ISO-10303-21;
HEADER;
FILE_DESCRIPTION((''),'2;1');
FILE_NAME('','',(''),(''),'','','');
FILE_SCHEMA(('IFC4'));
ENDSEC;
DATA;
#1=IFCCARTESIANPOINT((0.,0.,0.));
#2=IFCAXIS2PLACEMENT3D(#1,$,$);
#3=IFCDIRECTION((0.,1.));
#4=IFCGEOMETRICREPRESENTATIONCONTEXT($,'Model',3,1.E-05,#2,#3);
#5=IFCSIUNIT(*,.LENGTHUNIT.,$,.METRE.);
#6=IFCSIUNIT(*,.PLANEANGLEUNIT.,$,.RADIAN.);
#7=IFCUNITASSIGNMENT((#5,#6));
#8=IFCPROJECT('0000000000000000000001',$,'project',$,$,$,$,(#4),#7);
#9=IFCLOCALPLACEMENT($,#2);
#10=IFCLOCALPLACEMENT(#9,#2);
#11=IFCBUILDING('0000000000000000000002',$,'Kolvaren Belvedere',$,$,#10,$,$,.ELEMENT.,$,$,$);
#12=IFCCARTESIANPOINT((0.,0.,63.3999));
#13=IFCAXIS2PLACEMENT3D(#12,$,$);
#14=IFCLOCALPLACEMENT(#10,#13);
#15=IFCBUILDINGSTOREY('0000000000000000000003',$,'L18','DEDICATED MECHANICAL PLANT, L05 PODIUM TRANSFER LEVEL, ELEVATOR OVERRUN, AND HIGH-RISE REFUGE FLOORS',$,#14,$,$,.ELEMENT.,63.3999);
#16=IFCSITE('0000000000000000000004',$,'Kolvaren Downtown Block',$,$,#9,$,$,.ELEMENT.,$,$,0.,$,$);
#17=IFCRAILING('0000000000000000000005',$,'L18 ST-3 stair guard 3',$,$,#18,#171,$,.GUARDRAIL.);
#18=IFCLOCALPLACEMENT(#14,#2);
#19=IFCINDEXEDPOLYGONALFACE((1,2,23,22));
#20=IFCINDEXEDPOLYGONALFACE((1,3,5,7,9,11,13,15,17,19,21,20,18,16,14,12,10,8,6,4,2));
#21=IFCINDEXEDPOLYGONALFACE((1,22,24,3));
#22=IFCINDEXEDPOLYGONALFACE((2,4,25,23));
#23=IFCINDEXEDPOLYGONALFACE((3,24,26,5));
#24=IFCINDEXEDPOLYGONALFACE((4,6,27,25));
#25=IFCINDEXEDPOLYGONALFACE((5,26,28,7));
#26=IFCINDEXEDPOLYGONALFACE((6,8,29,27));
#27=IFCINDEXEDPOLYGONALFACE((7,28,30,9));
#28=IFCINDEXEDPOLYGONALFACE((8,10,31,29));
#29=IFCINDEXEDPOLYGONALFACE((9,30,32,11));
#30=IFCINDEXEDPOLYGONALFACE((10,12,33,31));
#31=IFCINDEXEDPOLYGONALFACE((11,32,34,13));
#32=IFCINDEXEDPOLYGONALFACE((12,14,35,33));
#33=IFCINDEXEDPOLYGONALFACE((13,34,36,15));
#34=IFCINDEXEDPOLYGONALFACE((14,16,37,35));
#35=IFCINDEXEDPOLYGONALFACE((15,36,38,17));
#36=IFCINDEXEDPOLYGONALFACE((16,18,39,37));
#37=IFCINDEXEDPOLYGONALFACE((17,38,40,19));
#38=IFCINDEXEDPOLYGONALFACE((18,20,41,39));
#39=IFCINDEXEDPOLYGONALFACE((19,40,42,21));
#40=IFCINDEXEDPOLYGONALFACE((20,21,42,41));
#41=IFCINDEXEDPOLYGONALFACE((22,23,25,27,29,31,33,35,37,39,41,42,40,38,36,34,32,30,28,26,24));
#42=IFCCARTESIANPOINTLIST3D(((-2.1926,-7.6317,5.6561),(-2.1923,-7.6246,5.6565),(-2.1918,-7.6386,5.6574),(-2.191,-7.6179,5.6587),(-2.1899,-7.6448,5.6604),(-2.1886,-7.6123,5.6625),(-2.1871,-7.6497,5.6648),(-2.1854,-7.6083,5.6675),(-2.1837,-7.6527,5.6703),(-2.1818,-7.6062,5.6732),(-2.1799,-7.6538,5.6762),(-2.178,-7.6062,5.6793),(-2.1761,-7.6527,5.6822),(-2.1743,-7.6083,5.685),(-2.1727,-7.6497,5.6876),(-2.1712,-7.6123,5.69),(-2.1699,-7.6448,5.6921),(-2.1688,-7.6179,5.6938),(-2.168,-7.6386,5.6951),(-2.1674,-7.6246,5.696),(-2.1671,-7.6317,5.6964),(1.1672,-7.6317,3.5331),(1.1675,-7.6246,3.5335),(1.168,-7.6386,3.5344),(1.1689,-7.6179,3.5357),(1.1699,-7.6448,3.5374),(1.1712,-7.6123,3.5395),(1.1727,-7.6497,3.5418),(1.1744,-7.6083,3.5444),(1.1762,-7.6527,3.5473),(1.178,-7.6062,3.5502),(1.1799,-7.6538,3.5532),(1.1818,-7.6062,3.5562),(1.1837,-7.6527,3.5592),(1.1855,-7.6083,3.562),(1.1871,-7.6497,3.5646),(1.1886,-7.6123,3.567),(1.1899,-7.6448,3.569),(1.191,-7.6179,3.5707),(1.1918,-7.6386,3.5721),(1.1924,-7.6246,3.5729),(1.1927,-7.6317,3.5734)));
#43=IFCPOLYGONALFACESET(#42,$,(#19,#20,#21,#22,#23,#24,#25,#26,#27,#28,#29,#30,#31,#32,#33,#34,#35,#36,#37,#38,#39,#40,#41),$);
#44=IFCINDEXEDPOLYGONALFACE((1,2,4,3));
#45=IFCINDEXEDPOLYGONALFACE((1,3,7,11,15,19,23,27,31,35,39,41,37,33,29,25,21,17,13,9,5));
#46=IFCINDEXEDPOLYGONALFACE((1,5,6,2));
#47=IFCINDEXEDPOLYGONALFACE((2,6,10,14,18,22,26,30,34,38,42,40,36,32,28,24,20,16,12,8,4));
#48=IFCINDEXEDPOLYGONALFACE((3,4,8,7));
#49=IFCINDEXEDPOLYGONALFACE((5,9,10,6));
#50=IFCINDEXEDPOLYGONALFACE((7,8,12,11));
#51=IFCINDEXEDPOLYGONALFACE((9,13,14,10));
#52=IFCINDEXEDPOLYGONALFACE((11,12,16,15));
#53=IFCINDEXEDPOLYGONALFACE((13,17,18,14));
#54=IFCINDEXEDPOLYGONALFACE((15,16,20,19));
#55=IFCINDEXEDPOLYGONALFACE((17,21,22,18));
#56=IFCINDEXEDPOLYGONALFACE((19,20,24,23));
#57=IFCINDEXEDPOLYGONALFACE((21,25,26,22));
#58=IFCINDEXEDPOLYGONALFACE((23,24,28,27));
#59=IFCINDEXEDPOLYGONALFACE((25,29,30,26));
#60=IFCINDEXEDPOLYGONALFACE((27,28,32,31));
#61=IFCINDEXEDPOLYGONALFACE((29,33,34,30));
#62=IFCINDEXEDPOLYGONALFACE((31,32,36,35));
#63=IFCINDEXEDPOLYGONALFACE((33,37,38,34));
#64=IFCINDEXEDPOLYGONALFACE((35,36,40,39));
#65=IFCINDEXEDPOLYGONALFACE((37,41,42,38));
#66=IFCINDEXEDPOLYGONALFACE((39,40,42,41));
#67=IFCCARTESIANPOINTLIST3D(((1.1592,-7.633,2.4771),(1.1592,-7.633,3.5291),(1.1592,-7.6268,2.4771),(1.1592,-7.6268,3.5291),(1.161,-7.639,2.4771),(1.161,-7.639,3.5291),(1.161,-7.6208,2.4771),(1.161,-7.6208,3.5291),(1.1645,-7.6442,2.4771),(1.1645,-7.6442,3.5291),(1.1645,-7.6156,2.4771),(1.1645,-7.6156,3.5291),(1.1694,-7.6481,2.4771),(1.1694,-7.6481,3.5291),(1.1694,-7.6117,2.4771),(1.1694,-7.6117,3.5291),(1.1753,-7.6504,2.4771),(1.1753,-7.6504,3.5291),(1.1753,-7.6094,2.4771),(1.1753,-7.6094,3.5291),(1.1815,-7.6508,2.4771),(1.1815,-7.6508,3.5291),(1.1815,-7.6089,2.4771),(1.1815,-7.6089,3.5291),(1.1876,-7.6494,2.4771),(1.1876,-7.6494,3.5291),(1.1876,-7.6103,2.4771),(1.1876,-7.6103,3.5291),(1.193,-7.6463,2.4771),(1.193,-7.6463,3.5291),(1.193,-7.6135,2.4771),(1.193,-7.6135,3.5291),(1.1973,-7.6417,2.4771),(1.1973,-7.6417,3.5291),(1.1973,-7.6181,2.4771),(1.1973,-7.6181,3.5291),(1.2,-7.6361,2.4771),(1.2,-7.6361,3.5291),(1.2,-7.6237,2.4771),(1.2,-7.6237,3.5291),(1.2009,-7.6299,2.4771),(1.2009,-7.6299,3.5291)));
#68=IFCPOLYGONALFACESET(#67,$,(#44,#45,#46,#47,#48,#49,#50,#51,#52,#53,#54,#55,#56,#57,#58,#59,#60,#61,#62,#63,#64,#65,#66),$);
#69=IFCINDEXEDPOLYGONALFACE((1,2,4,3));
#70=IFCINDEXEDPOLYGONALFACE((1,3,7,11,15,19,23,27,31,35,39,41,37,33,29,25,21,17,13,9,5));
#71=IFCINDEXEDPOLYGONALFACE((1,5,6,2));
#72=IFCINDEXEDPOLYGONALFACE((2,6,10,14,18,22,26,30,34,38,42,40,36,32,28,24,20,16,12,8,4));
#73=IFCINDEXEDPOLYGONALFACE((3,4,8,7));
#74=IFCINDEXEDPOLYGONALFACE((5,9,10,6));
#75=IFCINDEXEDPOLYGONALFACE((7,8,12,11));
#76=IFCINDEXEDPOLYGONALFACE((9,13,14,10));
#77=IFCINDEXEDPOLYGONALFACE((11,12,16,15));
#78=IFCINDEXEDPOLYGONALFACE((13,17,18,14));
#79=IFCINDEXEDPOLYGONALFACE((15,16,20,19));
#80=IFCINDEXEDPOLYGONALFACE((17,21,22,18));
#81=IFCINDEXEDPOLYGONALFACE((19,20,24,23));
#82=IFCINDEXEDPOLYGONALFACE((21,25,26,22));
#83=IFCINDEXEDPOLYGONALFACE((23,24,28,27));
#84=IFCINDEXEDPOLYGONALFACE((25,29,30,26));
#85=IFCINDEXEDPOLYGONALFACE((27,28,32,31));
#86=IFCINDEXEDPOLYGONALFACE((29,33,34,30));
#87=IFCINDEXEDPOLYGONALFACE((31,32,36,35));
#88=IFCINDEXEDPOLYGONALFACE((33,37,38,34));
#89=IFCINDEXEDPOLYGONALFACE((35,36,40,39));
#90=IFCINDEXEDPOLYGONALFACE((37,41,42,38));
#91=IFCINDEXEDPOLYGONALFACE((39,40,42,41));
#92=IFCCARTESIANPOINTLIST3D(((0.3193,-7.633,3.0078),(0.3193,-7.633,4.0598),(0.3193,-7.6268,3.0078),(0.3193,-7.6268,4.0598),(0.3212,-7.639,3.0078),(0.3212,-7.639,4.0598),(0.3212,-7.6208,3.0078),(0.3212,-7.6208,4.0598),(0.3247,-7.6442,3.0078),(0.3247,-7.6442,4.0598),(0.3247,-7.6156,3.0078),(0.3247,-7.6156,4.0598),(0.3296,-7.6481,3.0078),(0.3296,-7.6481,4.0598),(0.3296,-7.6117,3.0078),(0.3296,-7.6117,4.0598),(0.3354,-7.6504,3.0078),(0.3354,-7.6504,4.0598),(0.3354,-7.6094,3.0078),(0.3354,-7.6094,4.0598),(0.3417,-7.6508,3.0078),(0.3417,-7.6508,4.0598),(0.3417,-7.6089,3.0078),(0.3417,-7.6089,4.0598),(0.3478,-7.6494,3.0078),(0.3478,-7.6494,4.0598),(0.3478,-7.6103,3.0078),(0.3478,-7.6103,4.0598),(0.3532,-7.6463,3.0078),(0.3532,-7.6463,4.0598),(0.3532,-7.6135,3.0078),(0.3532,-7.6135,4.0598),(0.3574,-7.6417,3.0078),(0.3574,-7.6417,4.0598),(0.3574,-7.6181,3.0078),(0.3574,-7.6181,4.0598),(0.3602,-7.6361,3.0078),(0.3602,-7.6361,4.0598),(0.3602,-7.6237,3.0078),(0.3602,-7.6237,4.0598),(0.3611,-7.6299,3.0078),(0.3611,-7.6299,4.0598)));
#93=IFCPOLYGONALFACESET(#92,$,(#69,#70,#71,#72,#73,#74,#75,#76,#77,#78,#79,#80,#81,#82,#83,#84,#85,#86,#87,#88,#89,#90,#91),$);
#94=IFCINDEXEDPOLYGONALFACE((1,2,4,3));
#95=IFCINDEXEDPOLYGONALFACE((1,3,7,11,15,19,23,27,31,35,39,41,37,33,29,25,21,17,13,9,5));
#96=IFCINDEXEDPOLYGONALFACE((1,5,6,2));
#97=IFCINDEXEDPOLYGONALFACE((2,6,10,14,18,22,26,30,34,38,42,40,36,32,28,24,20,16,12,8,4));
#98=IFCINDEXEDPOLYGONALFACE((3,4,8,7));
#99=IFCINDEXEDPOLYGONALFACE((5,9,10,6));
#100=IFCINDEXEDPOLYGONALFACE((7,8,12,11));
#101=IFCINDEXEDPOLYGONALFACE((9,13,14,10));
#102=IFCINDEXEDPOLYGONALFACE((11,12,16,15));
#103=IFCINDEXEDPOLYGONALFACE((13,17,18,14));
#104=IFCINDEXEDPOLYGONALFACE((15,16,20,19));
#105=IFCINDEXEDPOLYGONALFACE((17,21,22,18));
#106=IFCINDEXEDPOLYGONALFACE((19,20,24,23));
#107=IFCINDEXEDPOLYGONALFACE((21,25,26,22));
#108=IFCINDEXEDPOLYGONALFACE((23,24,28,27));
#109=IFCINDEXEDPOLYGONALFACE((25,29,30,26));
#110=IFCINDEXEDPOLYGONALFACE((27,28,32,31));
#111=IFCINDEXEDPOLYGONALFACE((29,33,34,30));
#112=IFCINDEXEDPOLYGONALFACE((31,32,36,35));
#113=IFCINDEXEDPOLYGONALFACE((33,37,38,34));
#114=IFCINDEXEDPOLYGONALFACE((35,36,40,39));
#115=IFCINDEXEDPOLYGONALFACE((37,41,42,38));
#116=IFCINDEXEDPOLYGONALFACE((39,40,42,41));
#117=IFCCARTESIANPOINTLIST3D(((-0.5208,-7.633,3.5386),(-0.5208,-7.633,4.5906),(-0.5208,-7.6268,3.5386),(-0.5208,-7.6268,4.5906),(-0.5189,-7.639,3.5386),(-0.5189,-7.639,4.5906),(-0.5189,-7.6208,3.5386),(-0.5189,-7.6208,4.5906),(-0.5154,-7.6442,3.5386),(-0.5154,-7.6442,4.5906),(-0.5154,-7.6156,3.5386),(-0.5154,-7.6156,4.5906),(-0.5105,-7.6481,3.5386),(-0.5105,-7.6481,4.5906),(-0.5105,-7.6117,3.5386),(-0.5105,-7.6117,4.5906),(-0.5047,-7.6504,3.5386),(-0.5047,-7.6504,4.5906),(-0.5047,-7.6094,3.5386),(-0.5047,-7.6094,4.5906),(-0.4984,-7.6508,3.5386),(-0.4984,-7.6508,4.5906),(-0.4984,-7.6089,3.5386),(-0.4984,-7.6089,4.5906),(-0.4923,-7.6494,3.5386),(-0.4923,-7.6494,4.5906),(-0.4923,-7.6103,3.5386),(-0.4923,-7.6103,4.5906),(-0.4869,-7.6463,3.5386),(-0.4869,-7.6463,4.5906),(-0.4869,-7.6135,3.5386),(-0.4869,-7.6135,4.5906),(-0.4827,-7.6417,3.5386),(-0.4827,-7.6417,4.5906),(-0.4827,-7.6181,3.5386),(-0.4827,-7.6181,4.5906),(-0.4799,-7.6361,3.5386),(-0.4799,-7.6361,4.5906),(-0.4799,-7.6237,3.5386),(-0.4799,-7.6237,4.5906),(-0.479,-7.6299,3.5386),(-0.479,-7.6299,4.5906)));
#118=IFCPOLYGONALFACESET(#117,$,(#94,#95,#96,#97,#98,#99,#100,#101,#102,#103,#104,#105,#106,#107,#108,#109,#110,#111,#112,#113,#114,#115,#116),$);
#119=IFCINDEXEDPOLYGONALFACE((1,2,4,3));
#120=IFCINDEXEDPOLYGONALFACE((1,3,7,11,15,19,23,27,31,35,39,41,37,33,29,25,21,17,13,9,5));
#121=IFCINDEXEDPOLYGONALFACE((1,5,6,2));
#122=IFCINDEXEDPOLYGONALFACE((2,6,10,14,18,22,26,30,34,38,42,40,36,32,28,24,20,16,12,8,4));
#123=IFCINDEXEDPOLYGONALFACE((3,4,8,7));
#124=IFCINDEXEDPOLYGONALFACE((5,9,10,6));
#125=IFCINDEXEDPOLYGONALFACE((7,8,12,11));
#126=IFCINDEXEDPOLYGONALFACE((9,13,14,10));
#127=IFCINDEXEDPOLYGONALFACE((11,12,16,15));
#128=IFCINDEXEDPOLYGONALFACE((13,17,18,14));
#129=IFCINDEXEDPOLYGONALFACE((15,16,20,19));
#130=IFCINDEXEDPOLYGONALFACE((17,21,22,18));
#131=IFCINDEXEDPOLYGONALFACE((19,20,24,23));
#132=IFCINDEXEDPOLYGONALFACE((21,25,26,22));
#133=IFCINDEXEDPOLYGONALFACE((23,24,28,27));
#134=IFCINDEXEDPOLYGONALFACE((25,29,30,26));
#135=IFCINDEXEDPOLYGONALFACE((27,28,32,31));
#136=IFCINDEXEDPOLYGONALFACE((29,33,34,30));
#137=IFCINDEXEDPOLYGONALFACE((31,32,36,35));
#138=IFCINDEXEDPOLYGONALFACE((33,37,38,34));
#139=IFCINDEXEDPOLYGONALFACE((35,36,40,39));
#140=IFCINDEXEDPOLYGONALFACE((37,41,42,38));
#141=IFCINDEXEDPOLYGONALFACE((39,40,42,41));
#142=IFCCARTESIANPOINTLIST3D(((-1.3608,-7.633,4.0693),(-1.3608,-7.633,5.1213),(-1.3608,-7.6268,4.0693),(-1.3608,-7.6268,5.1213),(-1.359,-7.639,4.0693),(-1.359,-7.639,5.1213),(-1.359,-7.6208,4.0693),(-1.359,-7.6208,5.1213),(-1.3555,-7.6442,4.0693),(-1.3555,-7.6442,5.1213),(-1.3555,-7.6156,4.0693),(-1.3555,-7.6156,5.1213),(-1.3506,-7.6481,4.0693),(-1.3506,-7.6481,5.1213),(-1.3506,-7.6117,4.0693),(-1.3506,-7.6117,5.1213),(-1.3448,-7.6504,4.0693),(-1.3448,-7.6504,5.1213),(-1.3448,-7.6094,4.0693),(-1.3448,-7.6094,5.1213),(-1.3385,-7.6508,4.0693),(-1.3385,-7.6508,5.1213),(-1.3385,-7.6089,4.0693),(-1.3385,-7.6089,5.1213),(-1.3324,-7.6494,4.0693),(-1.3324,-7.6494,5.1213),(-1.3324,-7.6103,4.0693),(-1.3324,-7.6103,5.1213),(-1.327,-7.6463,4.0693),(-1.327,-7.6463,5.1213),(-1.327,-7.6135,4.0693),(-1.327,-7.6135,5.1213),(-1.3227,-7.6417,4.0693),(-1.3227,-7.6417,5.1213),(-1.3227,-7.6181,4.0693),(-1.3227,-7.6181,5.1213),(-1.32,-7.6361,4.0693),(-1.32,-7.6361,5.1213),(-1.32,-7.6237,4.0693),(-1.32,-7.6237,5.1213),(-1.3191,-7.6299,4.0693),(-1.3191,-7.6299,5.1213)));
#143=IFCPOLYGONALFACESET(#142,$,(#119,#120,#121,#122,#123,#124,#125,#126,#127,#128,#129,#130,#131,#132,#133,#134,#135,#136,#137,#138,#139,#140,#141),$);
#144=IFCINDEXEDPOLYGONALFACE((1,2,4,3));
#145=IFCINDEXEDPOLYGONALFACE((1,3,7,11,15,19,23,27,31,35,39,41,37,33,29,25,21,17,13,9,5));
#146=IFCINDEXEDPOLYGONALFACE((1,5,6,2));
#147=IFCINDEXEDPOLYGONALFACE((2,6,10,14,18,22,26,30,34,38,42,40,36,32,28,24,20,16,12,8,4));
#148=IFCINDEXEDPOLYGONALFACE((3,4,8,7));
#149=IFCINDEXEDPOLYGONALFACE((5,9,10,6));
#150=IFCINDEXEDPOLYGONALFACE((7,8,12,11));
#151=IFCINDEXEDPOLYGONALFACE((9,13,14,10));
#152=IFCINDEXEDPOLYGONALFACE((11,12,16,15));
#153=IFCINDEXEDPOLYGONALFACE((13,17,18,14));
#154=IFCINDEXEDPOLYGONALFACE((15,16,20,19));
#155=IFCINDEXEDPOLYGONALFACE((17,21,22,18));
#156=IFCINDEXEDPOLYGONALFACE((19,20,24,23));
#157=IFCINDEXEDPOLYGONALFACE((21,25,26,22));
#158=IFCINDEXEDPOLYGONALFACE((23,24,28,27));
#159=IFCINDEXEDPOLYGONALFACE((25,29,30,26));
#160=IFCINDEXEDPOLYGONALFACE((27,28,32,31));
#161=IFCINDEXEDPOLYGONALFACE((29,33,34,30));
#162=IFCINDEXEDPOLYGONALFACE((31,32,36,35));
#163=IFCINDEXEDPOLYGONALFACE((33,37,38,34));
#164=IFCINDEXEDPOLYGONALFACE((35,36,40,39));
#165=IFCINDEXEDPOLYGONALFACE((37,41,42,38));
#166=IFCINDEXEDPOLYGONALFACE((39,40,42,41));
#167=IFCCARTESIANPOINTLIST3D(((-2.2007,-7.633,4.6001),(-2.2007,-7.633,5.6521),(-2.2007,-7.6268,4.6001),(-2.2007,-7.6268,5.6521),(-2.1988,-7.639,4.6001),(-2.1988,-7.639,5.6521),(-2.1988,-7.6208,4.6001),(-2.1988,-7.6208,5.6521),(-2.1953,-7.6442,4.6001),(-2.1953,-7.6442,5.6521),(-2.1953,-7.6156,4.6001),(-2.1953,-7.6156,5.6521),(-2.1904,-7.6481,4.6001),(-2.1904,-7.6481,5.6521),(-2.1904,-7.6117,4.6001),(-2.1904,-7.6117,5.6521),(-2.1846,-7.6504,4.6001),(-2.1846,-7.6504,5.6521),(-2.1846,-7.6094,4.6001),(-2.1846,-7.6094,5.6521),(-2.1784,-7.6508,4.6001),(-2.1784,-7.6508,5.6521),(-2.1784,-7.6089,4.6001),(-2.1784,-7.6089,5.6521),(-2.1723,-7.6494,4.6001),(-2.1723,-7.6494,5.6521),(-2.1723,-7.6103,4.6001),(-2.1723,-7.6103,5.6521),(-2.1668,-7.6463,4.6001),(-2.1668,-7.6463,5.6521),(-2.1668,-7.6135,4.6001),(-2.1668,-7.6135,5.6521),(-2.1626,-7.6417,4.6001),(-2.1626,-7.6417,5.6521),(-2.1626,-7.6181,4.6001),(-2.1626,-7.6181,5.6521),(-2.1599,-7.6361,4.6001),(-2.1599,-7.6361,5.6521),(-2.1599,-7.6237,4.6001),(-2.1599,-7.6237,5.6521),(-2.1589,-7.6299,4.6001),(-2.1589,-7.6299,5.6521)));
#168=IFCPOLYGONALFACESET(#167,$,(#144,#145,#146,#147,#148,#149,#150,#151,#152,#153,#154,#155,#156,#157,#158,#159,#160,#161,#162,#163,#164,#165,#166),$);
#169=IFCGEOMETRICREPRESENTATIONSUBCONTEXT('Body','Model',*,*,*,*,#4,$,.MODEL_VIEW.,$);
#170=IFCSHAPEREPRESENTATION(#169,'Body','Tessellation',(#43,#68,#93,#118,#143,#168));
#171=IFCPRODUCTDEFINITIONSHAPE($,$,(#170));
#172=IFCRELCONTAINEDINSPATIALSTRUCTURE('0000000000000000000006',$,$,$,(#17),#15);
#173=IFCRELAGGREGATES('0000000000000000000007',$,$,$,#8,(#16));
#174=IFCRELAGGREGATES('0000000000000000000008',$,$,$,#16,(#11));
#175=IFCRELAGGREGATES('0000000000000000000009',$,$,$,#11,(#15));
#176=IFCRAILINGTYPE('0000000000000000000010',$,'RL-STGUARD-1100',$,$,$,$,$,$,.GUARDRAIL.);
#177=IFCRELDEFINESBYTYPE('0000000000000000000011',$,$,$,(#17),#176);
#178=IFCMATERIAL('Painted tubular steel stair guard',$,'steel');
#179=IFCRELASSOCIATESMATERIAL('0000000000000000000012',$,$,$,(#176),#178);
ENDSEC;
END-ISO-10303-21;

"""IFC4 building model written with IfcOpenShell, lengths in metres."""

from ifc_helpers import new_model, si_unit, direction, frame, origin, origin_2d, place, context, subcontext, project, spatial, circle, extrude, material, type_object, element, save


model = new_model("IFC4")

# Units and contexts
model_context = context("Model", 3, precision=1e-05, world=origin(), true_north=direction((0.0, 1.0)))
body_context = subcontext(model_context, "Body", "Model", "MODEL_VIEW")
ifc_project = project(units=[si_unit("LENGTHUNIT", "METRE"), si_unit("PLANEANGLEUNIT", "RADIAN")], contexts=[model_context])

# Site, building, storey
site_placement = place(None, origin())
site = spatial("IfcSite", under=ifc_project, at=site_placement, Name="Kolvaren Downtown Block", CompositionType="ELEMENT", RefElevation=0.0)
building_placement = place(site_placement, origin())
building = spatial("IfcBuilding", under=site, at=building_placement, Name="Kolvaren Belvedere", CompositionType="ELEMENT")
storey_placement = place(building_placement, frame((0.0, 0.0, 63.3999)))
storey = spatial("IfcBuildingStorey", under=building, at=storey_placement, Name="L18", Description="DEDICATED MECHANICAL PLANT, L05 PODIUM TRANSFER LEVEL, ELEVATOR OVERRUN, AND HIGH-RISE REFUGE FLOORS", CompositionType="ELEMENT", Elevation=63.3999)

# Railing
ifc_material_1 = material(Name="Painted tubular steel stair guard", Category="steel")
railing_type_1 = type_object("IfcRailingType", Name="RL-STGUARD-1100", PredefinedType="GUARDRAIL", material=ifc_material_1)
railing_1_placement = place(storey_placement, frame((1.1799, -7.6299, 2.4771)))
element("IfcRailing", 1, at=railing_1_placement, inside=storey, type_object=railing_type_1, Name="L18 ST-3 stair guard 3", PredefinedType="GUARDRAIL", context=body_context, shape_type="SweptSolid", body=[
    extrude(circle(Radius=0.0239, at=origin_2d()), frame((0.0, 0.0, 1.0762), z_axis=(-0.845372, 0.0, 0.534178), x_axis=(0.0, -1.0, 0.0)), (0.0, 0.0, 1.0), 3.9744),
    extrude(circle(Radius=0.021, at=origin_2d()), origin(), (0.0, 0.0, 1.0), 1.052),
    extrude(circle(Radius=0.021, at=origin_2d()), frame((-0.8398, 0.0, 0.5308)), (0.0, 0.0, 1.0), 1.052),
    extrude(circle(Radius=0.021, at=origin_2d()), frame((-1.6799, 0.0, 1.0615)), (0.0, 0.0, 1.0), 1.052),
    extrude(circle(Radius=0.021, at=origin_2d()), frame((-2.52, 0.0, 1.5923)), (0.0, 0.0, 1.0), 1.052),
    extrude(circle(Radius=0.021, at=origin_2d()), frame((-3.3599, 0.0, 2.123)), (0.0, 0.0, 1.0), 1.052),
])

save(model, "model.ifc")
